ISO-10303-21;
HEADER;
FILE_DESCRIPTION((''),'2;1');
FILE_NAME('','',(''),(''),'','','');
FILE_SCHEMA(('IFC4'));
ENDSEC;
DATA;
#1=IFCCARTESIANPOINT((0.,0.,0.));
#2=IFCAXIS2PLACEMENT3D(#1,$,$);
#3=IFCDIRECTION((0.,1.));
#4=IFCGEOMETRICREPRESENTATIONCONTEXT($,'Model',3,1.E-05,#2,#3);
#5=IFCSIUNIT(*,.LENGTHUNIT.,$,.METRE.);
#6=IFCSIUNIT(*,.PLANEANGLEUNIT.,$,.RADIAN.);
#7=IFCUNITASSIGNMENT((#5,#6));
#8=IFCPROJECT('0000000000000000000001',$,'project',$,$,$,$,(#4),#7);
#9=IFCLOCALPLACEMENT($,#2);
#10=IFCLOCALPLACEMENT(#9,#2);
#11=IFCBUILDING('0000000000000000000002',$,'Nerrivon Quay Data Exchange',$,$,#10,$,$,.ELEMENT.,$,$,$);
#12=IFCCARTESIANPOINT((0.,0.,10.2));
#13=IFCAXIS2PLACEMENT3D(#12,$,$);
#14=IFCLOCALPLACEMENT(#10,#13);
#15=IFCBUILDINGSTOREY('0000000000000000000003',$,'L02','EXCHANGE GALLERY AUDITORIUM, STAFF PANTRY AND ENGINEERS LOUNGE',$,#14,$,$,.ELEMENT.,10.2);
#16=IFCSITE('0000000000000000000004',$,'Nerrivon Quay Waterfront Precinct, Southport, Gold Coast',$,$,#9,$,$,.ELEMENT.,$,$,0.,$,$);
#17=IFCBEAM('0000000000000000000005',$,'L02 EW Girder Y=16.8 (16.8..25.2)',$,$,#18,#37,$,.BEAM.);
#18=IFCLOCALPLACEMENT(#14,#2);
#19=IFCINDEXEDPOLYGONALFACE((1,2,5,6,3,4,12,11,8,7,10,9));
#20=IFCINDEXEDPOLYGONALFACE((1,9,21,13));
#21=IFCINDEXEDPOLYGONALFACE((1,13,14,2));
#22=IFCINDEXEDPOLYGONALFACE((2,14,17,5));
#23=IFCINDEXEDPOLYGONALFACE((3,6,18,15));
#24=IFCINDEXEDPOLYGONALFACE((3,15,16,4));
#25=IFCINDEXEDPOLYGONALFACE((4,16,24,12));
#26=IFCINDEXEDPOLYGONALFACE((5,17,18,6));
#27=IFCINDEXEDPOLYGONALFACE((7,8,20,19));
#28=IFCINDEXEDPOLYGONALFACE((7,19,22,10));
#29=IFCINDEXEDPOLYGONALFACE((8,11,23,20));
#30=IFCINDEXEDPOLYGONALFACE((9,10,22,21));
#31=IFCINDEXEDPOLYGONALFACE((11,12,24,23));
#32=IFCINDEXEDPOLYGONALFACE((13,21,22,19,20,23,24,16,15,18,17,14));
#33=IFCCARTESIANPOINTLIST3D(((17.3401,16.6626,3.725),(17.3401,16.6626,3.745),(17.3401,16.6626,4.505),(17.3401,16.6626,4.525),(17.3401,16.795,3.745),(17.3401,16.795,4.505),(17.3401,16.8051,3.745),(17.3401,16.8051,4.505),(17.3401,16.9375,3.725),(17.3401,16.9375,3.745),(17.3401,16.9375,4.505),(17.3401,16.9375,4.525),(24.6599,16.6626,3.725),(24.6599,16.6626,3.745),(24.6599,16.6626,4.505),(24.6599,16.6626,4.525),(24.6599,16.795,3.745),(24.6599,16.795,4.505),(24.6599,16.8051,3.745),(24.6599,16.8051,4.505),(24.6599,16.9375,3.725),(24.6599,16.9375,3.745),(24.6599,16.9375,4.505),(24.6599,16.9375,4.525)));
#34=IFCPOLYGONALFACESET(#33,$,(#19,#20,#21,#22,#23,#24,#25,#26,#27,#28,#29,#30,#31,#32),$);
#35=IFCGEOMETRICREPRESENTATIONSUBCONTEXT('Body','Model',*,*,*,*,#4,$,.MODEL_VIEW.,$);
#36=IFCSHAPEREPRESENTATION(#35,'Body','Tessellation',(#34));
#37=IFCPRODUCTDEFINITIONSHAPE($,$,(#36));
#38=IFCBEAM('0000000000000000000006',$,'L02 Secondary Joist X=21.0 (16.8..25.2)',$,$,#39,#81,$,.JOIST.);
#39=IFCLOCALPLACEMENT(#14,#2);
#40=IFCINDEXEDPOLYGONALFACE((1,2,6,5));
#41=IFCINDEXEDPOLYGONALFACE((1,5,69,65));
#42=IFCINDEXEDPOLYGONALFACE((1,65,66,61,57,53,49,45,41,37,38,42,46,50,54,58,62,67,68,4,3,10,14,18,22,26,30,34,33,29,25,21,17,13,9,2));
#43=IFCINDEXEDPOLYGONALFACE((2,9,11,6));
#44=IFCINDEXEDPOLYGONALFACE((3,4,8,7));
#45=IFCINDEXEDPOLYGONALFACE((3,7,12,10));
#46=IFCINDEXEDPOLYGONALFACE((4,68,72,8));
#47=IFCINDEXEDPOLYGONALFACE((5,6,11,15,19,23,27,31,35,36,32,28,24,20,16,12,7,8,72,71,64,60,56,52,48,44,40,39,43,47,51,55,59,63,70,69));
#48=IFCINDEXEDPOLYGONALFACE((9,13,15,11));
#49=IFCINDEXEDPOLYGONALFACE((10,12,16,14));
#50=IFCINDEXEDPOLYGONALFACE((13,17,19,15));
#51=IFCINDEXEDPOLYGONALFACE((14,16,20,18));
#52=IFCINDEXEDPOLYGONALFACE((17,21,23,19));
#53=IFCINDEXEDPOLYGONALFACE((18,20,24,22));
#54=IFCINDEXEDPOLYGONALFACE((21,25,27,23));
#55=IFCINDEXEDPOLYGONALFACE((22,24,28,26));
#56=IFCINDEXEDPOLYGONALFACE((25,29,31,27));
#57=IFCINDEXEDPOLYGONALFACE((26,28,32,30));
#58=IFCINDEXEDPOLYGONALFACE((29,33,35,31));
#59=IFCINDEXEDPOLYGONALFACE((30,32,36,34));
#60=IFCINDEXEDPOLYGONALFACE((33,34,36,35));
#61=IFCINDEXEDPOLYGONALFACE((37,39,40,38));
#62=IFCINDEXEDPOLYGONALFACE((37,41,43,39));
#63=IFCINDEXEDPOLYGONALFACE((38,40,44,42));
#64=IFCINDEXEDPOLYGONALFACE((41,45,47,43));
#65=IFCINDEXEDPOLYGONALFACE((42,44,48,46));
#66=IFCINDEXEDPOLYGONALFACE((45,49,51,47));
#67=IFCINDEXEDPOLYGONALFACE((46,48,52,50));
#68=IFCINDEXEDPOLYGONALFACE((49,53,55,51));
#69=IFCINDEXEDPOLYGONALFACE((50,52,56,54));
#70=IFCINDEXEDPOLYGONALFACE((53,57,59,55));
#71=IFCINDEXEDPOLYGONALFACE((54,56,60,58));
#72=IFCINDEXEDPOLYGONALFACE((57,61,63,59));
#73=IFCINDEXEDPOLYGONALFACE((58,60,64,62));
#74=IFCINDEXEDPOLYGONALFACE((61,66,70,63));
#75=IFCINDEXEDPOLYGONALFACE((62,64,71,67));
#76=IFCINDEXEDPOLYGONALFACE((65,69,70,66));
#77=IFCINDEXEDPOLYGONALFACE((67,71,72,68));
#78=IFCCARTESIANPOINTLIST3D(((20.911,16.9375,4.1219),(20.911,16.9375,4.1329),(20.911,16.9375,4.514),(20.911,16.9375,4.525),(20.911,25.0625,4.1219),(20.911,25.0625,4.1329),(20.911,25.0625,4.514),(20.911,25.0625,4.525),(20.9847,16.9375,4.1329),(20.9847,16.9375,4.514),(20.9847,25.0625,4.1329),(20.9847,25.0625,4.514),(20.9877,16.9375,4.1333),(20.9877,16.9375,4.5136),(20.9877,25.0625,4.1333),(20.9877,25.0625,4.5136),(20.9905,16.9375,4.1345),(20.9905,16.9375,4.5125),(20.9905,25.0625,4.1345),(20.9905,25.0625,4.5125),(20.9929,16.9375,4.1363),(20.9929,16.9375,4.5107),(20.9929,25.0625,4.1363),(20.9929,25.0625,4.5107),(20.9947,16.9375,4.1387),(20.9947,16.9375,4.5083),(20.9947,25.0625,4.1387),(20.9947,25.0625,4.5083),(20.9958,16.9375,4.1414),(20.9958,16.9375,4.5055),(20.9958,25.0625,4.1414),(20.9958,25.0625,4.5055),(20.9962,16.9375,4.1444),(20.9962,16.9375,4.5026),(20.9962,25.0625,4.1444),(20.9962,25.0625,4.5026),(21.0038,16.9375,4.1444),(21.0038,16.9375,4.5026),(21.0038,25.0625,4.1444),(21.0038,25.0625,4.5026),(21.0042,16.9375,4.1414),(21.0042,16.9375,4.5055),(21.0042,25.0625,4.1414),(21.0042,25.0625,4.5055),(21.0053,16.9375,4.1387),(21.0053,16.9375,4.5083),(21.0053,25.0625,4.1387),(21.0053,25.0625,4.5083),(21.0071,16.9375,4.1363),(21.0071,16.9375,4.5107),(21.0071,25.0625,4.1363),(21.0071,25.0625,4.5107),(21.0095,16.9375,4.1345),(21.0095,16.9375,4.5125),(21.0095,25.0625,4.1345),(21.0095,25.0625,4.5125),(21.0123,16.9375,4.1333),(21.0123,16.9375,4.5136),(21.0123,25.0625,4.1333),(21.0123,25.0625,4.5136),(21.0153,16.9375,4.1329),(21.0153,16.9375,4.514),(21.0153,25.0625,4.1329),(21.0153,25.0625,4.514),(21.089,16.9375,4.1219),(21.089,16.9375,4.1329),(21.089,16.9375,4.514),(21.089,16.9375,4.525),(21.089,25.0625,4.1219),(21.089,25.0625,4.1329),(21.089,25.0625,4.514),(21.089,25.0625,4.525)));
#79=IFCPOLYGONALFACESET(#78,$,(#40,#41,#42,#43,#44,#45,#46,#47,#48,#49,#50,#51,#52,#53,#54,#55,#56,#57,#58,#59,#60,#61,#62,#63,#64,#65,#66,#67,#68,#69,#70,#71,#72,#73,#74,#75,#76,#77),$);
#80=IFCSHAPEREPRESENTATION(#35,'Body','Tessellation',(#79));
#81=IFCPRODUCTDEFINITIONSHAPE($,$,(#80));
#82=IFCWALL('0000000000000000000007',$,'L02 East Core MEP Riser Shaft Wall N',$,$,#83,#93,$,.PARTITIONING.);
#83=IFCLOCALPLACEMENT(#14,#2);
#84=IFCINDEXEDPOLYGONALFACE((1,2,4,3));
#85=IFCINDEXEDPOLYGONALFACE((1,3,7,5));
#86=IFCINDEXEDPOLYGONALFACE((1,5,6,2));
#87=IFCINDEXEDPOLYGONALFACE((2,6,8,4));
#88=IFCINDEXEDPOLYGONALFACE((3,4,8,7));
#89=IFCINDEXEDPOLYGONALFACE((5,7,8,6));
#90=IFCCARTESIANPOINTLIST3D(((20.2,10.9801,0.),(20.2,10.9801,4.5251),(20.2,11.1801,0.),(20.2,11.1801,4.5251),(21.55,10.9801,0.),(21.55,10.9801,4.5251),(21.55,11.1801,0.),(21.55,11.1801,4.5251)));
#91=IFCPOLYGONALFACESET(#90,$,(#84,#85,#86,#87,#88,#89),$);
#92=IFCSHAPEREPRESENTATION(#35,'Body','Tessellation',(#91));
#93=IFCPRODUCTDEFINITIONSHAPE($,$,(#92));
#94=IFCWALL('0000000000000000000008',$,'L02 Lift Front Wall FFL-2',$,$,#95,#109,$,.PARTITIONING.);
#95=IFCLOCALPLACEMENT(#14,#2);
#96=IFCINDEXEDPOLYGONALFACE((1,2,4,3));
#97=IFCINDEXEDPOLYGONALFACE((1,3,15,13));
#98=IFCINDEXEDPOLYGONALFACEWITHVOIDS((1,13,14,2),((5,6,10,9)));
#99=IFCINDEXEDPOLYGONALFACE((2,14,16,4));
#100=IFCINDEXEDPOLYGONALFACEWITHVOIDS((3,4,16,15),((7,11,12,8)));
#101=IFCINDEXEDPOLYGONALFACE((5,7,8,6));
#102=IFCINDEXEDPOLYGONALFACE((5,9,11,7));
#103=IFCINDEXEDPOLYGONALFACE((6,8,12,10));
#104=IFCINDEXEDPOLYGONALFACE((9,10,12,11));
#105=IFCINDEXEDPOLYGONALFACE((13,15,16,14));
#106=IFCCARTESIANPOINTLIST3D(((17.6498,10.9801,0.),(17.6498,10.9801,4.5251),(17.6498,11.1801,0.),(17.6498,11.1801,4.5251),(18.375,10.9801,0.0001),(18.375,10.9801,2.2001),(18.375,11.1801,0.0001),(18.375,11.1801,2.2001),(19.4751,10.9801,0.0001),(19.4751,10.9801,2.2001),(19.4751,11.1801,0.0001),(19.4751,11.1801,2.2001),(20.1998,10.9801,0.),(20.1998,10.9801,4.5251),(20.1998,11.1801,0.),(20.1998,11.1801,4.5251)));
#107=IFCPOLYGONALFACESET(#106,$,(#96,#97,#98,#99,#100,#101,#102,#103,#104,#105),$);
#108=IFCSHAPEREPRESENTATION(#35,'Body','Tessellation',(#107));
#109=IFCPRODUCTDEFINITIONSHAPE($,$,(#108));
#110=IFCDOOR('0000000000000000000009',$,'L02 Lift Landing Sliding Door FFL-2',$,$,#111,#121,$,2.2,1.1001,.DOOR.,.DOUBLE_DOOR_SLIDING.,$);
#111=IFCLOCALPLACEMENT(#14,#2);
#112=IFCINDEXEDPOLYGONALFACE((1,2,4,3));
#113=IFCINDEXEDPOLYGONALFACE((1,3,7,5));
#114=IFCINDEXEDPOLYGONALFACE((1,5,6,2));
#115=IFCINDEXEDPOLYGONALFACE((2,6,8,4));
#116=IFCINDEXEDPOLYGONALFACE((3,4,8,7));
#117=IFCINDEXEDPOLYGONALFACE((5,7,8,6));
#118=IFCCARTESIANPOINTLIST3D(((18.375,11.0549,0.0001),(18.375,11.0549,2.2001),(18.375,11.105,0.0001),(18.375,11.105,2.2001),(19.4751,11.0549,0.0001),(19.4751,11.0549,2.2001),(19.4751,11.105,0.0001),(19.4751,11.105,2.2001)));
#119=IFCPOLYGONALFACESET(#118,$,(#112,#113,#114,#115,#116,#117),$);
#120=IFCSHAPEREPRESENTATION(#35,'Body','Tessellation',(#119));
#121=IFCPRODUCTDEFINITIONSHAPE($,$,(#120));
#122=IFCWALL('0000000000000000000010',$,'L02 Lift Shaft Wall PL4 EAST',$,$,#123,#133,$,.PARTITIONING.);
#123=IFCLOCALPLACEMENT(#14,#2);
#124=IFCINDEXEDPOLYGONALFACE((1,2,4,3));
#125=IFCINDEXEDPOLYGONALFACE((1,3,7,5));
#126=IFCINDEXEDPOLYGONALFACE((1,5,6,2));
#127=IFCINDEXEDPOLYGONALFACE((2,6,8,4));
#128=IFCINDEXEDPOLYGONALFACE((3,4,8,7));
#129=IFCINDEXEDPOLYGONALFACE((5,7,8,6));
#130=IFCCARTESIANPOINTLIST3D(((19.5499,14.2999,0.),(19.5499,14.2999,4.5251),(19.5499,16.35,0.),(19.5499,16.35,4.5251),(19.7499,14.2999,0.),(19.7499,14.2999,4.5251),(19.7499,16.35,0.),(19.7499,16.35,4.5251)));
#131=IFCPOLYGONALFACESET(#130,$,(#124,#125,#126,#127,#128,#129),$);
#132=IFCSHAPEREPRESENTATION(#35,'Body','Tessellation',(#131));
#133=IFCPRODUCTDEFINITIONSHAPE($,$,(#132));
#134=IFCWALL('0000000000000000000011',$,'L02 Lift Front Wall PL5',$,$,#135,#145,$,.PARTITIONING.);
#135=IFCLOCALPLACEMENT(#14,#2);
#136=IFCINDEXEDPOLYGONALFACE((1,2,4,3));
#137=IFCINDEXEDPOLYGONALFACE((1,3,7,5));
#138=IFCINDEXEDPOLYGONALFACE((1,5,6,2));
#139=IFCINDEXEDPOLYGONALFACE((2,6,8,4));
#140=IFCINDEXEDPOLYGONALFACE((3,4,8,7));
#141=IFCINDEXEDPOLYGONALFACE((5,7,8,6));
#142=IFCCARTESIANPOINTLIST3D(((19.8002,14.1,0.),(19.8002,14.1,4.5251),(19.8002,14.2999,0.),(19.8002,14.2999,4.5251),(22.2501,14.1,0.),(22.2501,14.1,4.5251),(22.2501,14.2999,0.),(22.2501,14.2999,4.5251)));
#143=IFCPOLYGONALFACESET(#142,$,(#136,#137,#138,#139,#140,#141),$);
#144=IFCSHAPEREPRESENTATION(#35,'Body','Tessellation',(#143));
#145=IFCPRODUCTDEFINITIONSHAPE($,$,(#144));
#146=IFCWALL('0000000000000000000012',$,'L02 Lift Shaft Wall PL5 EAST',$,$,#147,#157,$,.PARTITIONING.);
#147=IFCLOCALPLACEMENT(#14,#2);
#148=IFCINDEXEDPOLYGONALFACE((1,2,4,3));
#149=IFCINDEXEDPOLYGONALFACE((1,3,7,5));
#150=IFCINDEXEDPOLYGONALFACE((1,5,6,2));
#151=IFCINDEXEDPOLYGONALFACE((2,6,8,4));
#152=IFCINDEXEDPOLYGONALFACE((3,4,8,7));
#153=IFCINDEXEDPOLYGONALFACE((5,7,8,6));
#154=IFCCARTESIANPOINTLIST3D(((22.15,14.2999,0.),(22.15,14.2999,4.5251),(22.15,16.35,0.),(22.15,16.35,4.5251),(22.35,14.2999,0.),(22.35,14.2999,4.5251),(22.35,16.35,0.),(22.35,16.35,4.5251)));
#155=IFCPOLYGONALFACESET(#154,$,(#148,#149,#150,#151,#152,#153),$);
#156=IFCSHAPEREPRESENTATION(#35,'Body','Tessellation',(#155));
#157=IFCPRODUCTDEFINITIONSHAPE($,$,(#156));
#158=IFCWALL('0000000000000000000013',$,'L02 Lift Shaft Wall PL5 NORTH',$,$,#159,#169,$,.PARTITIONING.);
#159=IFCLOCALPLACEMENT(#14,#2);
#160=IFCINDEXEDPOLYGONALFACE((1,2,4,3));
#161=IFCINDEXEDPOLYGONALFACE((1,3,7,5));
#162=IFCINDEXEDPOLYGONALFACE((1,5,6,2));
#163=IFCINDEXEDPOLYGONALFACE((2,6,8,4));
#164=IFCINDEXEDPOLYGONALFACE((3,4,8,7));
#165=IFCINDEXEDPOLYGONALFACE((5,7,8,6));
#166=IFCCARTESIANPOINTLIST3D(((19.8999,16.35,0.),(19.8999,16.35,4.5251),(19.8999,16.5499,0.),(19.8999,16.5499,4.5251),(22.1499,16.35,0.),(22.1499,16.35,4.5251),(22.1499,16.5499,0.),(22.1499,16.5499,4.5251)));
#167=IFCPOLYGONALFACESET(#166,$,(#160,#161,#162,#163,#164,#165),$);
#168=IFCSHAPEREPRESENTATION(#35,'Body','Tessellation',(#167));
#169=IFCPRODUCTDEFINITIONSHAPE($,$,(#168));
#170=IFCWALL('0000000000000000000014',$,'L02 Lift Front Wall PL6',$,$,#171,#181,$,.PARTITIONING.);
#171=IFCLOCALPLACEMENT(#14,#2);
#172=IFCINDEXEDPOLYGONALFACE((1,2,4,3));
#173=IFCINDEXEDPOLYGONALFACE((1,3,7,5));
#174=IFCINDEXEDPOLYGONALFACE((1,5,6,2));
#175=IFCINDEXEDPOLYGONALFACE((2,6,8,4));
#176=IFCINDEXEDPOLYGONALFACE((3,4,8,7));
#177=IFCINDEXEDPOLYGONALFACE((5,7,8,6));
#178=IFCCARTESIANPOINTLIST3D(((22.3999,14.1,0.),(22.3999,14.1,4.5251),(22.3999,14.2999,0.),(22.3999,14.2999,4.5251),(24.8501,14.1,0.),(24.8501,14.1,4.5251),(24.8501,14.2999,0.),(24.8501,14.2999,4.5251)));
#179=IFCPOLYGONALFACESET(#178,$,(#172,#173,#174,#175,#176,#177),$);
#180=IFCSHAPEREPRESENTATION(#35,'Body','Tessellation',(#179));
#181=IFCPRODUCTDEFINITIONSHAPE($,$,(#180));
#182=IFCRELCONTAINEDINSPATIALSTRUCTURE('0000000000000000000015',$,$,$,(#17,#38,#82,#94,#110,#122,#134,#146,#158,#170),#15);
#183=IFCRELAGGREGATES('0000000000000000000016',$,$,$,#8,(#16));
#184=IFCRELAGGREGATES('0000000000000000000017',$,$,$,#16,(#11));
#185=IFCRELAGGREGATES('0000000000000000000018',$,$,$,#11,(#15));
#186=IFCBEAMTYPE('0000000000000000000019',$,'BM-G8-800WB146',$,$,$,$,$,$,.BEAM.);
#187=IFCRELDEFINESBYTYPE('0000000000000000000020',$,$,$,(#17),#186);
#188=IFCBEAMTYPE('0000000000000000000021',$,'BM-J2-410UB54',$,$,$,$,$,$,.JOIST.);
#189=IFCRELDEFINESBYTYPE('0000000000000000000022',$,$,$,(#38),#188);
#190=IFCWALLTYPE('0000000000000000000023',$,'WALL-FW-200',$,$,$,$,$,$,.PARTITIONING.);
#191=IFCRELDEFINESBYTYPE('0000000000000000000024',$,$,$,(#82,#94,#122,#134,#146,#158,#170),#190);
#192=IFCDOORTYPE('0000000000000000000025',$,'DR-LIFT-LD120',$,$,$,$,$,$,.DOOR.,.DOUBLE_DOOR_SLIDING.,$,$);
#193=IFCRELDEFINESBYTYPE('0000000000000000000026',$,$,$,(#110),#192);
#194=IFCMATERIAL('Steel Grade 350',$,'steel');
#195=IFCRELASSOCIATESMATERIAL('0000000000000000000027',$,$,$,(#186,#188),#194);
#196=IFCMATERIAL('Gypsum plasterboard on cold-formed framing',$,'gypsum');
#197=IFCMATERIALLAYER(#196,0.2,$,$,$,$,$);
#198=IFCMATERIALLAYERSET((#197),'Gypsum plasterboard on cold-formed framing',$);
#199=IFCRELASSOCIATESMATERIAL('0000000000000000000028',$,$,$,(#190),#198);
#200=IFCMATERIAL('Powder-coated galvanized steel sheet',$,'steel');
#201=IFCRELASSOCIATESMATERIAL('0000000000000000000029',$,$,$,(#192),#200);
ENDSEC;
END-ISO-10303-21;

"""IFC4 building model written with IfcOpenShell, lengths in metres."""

from ifc_helpers import new_model, si_unit, direction, frame, frame_2d, origin, origin_2d, place, context, subcontext, project, spatial, rectangle, i_section, extrude, material, layer, layer_set, material_profile, profile_set, type_object, element, fill, save


model = new_model("IFC4")

# Units and contexts
model_context = context("Model", 3, precision=1e-05, world=origin(), true_north=direction((0.0, 1.0)))
body_context = subcontext(model_context, "Body", "Model", "MODEL_VIEW")
ifc_project = project(units=[si_unit("LENGTHUNIT", "METRE"), si_unit("PLANEANGLEUNIT", "RADIAN")], contexts=[model_context])

# Site, building, storey
site_placement = place(None, origin())
site = spatial("IfcSite", under=ifc_project, at=site_placement, Name="Nerrivon Quay Waterfront Precinct, Southport, Gold Coast", CompositionType="ELEMENT", RefElevation=0.0)
building_placement = place(site_placement, origin())
building = spatial("IfcBuilding", under=site, at=building_placement, Name="Nerrivon Quay Data Exchange", CompositionType="ELEMENT")
storey_placement = place(building_placement, frame((0.0, 0.0, 10.2)))
storey = spatial("IfcBuildingStorey", under=building, at=storey_placement, Name="L02", Description="EXCHANGE GALLERY AUDITORIUM, STAFF PANTRY AND ENGINEERS LOUNGE", CompositionType="ELEMENT", Elevation=10.2)

# Beams
ifc_material_1 = material(Name="Steel Grade 350", Category="steel")
ifc_material_profile_1 = material_profile(ifc_material_1, i_section(OverallWidth=0.2749, OverallDepth=0.8, WebThickness=0.01, FlangeThickness=0.02, at=origin_2d()), Name="800WB146")
ifc_profile_set_1 = profile_set([ifc_material_profile_1], Name="Steel Grade 350")
beam_type_1 = type_object("IfcBeamType", Name="BM-G8-800WB146", PredefinedType="BEAM", material=ifc_profile_set_1)
beam_1_placement = place(storey_placement, frame((17.3401, 16.8, 4.125), z_axis=(1.0, 0.0, 0.0), x_axis=(0.0, 1.0, 0.0)))
element("IfcBeam", 1, at=beam_1_placement, inside=storey, type_object=beam_type_1, Name="L02 EW Girder Y=16.8 (16.8..25.2)", PredefinedType="BEAM", context=body_context, shape_type="SweptSolid", body=[
    extrude(i_section(OverallWidth=0.2749, OverallDepth=0.8, WebThickness=0.01, FlangeThickness=0.02, at=origin_2d()), origin(), (0.0, 0.0, 1.0), 7.3198),
])
ifc_material_profile_2 = material_profile(ifc_material_1, i_section(OverallWidth=0.178, OverallDepth=0.4031, WebThickness=0.0076, FlangeThickness=0.011, FilletRadius=0.0115, at=origin_2d()), Name="410UB53.7")
ifc_profile_set_2 = profile_set([ifc_material_profile_2], Name="Steel Grade 350")
beam_type_2 = type_object("IfcBeamType", Name="BM-J2-410UB54", PredefinedType="JOIST", material=ifc_profile_set_2)
beam_2_placement = place(storey_placement, frame((21.0, 16.9375, 4.3235), z_axis=(0.0, 1.0, 0.0), x_axis=(-1.0, 0.0, 0.0)))
element("IfcBeam", 2, at=beam_2_placement, inside=storey, type_object=beam_type_2, Name="L02 Secondary Joist X=21.0 (16.8..25.2)", PredefinedType="JOIST", context=body_context, shape_type="SweptSolid", body=[
    extrude(i_section(OverallWidth=0.178, OverallDepth=0.4031, WebThickness=0.0076, FlangeThickness=0.011, FilletRadius=0.0115, at=origin_2d()), origin(), (0.0, 0.0, 1.0), 8.125),
])

# Wall
ifc_material_2 = material(Name="Gypsum plasterboard on cold-formed framing", Category="gypsum")
ifc_layer_1 = layer(ifc_material_2, 0.2)
ifc_layer_set_1 = layer_set([ifc_layer_1], Name="Gypsum plasterboard on cold-formed framing")
wall_type_1 = type_object("IfcWallType", Name="WALL-FW-200", PredefinedType="PARTITIONING", material=ifc_layer_set_1)
wall_1_placement = place(storey_placement, frame((20.2, 11.0801, 0.0), z_axis=(0.0, 0.0, 1.0), x_axis=(1.0, 0.0, 0.0)))
element("IfcWall", 3, at=wall_1_placement, inside=storey, type_object=wall_type_1, Name="L02 East Core MEP Riser Shaft Wall N", PredefinedType="PARTITIONING", context=body_context, shape_type="SweptSolid", body=[
    extrude(rectangle(XDim=1.3501, YDim=0.2, at=frame_2d((0.675, 0.0))), origin(), (0.0, 0.0, 1.0), 4.5251),
])

# Wall, opening, door
wall_2_placement = place(storey_placement, frame((17.6499, 11.0801, 0.0), z_axis=(0.0, 0.0, 1.0), x_axis=(1.0, 0.0, 0.0)))
wall_2 = element("IfcWall", 4, at=wall_2_placement, inside=storey, type_object=wall_type_1, Name="L02 Lift Front Wall FFL-2", PredefinedType="PARTITIONING", context=body_context, shape_type="SweptSolid", body=[
    extrude(rectangle(XDim=2.55, YDim=0.2, at=frame_2d((1.2749, 0.0))), origin(), (0.0, 0.0, 1.0), 4.5251),
])
opening_1_placement = place(wall_2_placement, frame((0.7251, 0.0, 0.0)))
opening_1 = element("IfcOpeningElement", 5, at=opening_1_placement, cuts=wall_2, PredefinedType="OPENING", context=body_context, shape_type="SweptSolid", body=[
    extrude(rectangle(XDim=1.1001, YDim=2.2, at=frame_2d((0.55, 1.1001))), frame((0.0, 0.1099, 0.0), z_axis=(0.0, -1.0, 0.0), x_axis=(1.0, 0.0, 0.0)), (0.0, 0.0, 1.0), 0.22),
])
ifc_material_3 = material(Name="Powder-coated galvanized steel sheet", Category="steel")
door_type_1 = type_object("IfcDoorType", Name="DR-LIFT-LD120", OperationType="DOUBLE_DOOR_SLIDING", PredefinedType="DOOR", material=ifc_material_3)
door_1_placement = place(opening_1_placement, origin())
door_1 = element("IfcDoor", 6, at=door_1_placement, inside=storey, type_object=door_type_1, Name="L02 Lift Landing Sliding Door FFL-2", OperationType="DOUBLE_DOOR_SLIDING", OverallHeight=2.2, OverallWidth=1.1001, PredefinedType="DOOR", context=body_context, shape_type="SweptSolid", body=[
    extrude(rectangle(XDim=1.1001, YDim=2.2, at=frame_2d((0.55, 1.1001))), frame((0.0, 0.0249, 0.0), z_axis=(0.0, -1.0, 0.0), x_axis=(1.0, 0.0, 0.0)), (0.0, 0.0, 1.0), 0.05),
])
fill(opening_1, door_1)

# Walls
wall_3_placement = place(storey_placement, frame((19.6499, 14.3, 0.0), z_axis=(0.0, 0.0, 1.0), x_axis=(0.0, 1.0, 0.0)))
element("IfcWall", 7, at=wall_3_placement, inside=storey, type_object=wall_type_1, Name="L02 Lift Shaft Wall PL4 EAST", PredefinedType="PARTITIONING", context=body_context, shape_type="SweptSolid", body=[
    extrude(rectangle(XDim=2.05, YDim=0.2, at=frame_2d((1.0249, 0.0))), origin(), (0.0, 0.0, 1.0), 4.5251),
])
wall_4_placement = place(storey_placement, frame((19.8, 14.2, 0.0), z_axis=(0.0, 0.0, 1.0), x_axis=(1.0, 0.0, 0.0)))
element("IfcWall", 8, at=wall_4_placement, inside=storey, type_object=wall_type_1, Name="L02 Lift Front Wall PL5", PredefinedType="PARTITIONING", context=body_context, shape_type="SweptSolid", body=[
    extrude(rectangle(XDim=2.45, YDim=0.2, at=frame_2d((1.2251, 0.0))), origin(), (0.0, 0.0, 1.0), 4.5251),
])
wall_5_placement = place(storey_placement, frame((22.25, 14.3, 0.0), z_axis=(0.0, 0.0, 1.0), x_axis=(0.0, 1.0, 0.0)))
element("IfcWall", 9, at=wall_5_placement, inside=storey, type_object=wall_type_1, Name="L02 Lift Shaft Wall PL5 EAST", PredefinedType="PARTITIONING", context=body_context, shape_type="SweptSolid", body=[
    extrude(rectangle(XDim=2.05, YDim=0.2, at=frame_2d((1.0249, 0.0))), origin(), (0.0, 0.0, 1.0), 4.5251),
])
wall_6_placement = place(storey_placement, frame((19.8999, 16.45, 0.0), z_axis=(0.0, 0.0, 1.0), x_axis=(1.0, 0.0, 0.0)))
element("IfcWall", 10, at=wall_6_placement, inside=storey, type_object=wall_type_1, Name="L02 Lift Shaft Wall PL5 NORTH", PredefinedType="PARTITIONING", context=body_context, shape_type="SweptSolid", body=[
    extrude(rectangle(XDim=2.25, YDim=0.2, at=frame_2d((1.125, 0.0))), origin(), (0.0, 0.0, 1.0), 4.5251),
])
wall_7_placement = place(storey_placement, frame((22.3999, 14.2, 0.0), z_axis=(0.0, 0.0, 1.0), x_axis=(1.0, 0.0, 0.0)))
element("IfcWall", 11, at=wall_7_placement, inside=storey, type_object=wall_type_1, Name="L02 Lift Front Wall PL6", PredefinedType="PARTITIONING", context=body_context, shape_type="SweptSolid", body=[
    extrude(rectangle(XDim=2.4502, YDim=0.2, at=frame_2d((1.2251, 0.0))), origin(), (0.0, 0.0, 1.0), 4.5251),
])

save(model, "model.ifc")
